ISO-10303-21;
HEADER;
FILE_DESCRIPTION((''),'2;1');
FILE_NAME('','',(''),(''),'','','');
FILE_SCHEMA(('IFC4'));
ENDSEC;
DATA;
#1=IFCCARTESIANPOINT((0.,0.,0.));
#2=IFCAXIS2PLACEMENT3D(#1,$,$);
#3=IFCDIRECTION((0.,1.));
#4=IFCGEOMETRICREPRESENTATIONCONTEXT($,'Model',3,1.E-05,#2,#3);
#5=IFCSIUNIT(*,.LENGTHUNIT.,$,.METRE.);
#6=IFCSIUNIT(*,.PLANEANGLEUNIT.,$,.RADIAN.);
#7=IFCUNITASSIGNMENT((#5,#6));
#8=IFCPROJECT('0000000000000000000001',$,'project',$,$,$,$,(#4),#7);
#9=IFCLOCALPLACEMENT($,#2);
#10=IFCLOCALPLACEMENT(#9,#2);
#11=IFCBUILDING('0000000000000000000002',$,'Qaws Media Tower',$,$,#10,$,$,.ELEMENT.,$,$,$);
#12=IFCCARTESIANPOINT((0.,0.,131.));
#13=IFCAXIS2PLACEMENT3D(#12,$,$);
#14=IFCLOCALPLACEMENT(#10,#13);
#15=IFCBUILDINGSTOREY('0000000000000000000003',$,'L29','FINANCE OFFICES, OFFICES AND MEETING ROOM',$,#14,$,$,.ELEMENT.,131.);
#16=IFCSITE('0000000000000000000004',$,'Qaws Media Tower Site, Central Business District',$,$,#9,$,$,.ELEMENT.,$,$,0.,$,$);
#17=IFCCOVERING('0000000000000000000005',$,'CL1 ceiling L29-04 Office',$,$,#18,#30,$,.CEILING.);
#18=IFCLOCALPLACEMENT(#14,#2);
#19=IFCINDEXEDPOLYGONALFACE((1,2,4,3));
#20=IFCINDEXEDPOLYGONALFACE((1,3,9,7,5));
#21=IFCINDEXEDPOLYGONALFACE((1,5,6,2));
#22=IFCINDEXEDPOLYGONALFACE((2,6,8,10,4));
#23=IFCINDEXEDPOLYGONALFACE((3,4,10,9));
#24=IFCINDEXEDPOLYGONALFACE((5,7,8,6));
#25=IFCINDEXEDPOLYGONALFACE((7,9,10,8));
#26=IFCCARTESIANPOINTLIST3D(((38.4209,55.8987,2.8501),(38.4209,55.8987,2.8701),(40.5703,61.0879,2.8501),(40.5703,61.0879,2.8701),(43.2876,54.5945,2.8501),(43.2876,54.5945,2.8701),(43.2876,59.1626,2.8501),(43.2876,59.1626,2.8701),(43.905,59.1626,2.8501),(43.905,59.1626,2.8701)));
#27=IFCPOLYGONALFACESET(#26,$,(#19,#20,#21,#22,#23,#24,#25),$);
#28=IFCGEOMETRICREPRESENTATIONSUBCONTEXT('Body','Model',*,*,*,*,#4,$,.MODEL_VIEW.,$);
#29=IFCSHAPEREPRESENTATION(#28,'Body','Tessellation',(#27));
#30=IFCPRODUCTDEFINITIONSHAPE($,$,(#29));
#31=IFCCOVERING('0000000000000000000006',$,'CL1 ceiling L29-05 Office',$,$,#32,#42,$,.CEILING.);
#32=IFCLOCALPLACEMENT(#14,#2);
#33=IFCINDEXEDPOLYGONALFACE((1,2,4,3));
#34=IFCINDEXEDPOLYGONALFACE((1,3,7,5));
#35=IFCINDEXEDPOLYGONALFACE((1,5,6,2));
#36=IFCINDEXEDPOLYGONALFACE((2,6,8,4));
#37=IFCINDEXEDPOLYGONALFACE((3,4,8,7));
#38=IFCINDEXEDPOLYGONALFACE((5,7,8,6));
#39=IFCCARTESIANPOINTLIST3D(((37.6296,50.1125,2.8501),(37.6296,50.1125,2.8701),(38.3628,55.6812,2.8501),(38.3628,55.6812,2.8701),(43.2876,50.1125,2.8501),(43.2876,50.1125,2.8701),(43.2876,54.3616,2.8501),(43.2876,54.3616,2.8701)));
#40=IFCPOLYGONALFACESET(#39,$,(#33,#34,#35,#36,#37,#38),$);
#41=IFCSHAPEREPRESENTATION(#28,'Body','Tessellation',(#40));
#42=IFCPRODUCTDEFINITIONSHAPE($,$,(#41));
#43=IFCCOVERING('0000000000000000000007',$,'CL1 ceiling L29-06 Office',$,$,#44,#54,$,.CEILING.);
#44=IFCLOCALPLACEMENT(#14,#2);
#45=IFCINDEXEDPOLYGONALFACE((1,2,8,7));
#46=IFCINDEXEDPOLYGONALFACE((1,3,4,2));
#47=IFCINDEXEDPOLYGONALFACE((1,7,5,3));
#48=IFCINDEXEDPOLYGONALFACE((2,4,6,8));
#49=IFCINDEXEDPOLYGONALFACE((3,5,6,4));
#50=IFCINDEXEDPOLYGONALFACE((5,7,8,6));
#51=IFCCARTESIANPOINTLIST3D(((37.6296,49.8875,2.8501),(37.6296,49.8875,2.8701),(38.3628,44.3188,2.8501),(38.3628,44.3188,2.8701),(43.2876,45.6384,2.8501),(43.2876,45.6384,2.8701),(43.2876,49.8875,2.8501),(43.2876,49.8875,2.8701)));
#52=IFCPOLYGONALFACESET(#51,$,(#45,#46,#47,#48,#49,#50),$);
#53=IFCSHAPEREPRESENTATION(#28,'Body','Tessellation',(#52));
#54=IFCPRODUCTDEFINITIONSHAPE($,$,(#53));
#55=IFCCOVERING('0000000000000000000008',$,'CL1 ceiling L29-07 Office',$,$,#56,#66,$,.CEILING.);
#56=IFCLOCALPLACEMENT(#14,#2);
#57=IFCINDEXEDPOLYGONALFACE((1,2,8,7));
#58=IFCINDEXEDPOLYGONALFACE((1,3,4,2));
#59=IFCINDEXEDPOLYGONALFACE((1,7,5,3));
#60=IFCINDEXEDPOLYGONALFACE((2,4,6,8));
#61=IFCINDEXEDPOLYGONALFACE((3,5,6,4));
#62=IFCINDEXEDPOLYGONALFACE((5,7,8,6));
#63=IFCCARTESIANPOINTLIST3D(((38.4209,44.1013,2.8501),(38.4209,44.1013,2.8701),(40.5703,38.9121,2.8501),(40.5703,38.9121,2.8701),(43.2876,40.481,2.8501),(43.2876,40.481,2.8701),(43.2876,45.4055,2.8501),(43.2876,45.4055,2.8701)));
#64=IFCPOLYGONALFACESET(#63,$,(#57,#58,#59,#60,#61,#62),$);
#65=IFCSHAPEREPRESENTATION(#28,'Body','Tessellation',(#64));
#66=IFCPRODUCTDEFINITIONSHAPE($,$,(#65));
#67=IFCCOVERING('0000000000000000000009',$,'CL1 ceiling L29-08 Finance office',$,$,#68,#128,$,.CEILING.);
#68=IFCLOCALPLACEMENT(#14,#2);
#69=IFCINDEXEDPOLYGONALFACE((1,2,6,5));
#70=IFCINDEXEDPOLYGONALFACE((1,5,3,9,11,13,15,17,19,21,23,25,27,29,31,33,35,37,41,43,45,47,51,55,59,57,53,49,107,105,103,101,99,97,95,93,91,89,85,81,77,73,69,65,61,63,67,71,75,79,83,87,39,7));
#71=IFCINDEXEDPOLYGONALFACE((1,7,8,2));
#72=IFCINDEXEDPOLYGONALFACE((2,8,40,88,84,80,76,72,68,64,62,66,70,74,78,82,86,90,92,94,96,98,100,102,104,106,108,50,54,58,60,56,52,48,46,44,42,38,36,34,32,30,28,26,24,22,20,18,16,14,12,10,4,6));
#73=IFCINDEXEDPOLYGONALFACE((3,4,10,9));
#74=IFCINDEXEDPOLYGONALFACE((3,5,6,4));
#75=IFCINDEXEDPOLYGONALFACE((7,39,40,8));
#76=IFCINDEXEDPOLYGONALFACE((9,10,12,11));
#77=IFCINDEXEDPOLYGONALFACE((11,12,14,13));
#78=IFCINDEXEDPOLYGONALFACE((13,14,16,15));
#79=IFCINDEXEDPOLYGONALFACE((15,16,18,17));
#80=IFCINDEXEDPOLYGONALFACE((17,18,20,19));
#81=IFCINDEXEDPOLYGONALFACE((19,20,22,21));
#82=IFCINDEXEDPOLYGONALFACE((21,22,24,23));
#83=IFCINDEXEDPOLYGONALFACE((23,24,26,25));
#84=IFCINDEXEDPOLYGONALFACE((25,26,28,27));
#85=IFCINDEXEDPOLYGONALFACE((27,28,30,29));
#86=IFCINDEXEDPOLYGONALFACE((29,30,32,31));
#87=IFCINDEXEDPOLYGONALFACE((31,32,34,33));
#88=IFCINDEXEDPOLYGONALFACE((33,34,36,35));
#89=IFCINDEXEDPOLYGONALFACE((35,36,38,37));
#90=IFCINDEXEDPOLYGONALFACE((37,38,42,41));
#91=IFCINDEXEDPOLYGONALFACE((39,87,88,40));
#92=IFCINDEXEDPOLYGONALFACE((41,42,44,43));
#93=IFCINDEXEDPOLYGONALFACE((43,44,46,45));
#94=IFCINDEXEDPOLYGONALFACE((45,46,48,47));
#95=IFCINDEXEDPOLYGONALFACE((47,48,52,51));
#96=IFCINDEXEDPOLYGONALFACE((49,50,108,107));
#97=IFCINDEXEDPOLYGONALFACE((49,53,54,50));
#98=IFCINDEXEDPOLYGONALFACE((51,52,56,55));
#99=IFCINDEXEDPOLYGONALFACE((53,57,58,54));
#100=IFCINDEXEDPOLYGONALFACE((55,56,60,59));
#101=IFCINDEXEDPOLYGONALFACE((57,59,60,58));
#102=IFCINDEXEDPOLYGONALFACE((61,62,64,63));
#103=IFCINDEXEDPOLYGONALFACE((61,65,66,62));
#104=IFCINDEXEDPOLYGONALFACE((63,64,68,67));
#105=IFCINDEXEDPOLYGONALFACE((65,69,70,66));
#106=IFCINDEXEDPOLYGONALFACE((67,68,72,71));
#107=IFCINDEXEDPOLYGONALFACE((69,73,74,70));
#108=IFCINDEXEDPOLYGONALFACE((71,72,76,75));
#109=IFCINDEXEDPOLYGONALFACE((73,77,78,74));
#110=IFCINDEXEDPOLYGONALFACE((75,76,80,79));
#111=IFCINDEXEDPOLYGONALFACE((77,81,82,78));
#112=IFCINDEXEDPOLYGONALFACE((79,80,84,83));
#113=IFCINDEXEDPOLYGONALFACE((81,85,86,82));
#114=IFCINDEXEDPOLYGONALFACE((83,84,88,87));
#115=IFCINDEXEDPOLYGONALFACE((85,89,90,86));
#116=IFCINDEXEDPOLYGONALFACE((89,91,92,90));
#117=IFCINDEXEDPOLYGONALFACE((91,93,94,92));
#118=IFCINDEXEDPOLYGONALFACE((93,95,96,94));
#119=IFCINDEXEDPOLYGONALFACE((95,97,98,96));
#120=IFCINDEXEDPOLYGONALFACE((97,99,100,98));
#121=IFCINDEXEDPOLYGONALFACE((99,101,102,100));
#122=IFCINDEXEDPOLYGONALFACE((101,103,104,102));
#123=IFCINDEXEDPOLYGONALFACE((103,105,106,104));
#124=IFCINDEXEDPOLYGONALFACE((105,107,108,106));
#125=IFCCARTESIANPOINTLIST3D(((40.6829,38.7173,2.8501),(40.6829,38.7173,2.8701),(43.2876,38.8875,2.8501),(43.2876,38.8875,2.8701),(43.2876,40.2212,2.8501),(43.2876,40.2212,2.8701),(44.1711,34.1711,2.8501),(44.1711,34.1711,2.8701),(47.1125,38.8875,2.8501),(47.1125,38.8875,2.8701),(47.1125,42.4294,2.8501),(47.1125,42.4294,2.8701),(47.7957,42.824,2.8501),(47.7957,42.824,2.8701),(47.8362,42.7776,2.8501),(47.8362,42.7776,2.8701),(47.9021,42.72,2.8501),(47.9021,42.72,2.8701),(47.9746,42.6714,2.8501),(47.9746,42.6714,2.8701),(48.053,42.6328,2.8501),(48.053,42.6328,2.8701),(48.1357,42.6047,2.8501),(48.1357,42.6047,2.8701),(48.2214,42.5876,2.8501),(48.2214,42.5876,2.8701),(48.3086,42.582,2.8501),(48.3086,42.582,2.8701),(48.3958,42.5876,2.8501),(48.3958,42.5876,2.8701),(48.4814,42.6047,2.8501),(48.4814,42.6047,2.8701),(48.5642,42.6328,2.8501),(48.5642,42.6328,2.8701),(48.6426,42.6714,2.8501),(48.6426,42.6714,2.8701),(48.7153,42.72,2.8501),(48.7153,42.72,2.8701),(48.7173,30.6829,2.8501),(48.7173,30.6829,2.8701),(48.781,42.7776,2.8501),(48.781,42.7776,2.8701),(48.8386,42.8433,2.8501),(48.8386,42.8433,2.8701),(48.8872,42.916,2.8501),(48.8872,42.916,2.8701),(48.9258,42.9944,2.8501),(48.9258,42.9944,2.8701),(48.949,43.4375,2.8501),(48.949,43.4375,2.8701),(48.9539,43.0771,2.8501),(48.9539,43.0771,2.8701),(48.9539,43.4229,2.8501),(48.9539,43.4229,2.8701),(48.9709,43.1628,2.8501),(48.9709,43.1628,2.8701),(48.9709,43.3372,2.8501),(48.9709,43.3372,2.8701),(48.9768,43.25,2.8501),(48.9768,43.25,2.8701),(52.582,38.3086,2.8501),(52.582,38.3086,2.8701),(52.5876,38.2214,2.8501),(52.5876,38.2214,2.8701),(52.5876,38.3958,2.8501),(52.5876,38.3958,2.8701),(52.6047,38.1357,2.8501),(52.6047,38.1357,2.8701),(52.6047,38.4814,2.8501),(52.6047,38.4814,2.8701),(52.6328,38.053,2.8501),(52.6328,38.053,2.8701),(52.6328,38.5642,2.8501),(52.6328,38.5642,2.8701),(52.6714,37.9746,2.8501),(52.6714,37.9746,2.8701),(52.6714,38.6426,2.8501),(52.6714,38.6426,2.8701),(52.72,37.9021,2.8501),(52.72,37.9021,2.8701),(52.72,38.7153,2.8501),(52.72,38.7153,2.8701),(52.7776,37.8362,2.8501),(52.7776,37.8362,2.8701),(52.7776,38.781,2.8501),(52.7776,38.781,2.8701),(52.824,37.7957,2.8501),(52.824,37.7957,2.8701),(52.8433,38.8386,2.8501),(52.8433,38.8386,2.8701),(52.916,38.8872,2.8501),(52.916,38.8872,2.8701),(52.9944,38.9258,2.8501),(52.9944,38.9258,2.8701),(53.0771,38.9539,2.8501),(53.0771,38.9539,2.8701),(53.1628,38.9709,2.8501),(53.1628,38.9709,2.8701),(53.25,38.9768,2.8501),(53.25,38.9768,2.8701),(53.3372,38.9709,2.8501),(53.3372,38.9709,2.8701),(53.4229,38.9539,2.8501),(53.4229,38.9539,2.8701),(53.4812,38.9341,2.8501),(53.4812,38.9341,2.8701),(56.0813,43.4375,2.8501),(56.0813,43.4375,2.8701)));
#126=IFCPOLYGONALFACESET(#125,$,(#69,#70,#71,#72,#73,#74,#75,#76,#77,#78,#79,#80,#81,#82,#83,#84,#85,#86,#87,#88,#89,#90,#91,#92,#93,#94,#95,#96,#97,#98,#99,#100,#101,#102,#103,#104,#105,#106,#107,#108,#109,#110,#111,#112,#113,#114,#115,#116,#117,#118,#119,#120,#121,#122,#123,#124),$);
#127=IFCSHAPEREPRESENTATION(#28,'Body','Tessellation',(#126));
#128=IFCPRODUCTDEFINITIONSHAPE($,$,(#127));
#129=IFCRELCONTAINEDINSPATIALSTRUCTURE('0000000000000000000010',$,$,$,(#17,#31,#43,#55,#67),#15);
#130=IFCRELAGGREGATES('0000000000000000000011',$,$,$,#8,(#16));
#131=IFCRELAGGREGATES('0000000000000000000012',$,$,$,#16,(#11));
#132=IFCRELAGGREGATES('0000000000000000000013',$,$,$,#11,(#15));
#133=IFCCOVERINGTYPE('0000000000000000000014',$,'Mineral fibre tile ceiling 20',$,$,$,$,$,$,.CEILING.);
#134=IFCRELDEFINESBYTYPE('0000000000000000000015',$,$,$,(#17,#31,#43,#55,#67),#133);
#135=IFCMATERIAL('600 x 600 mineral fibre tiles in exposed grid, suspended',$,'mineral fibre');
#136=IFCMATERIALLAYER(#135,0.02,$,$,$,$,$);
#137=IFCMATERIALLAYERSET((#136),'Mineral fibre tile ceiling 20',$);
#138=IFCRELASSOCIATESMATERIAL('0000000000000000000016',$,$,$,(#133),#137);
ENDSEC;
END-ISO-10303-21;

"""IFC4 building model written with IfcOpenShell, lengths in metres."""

from ifc_helpers import new_model, si_unit, direction, frame, origin, place, context, subcontext, project, spatial, polyline, outline, extrude, material, layer, layer_set, type_object, element, save


model = new_model("IFC4")

# Units and contexts
model_context = context("Model", 3, precision=1e-05, world=origin(), true_north=direction((0.0, 1.0)))
body_context = subcontext(model_context, "Body", "Model", "MODEL_VIEW")
ifc_project = project(units=[si_unit("LENGTHUNIT", "METRE"), si_unit("PLANEANGLEUNIT", "RADIAN")], contexts=[model_context])

# Site, building, storey
site_placement = place(None, origin())
site = spatial("IfcSite", under=ifc_project, at=site_placement, Name="Qaws Media Tower Site, Central Business District", CompositionType="ELEMENT", RefElevation=0.0)
building_placement = place(site_placement, origin())
building = spatial("IfcBuilding", under=site, at=building_placement, Name="Qaws Media Tower", CompositionType="ELEMENT")
storey_placement = place(building_placement, frame((0.0, 0.0, 131.0)))
storey = spatial("IfcBuildingStorey", under=building, at=storey_placement, Name="L29", Description="FINANCE OFFICES, OFFICES AND MEETING ROOM", CompositionType="ELEMENT", Elevation=131.0)

# Coverings
ifc_material_1 = material(Name="600 x 600 mineral fibre tiles in exposed grid, suspended", Category="mineral fibre")
ifc_layer_1 = layer(ifc_material_1, 0.02)
ifc_layer_set_1 = layer_set([ifc_layer_1], Name="Mineral fibre tile ceiling 20")
covering_type_1 = type_object("IfcCoveringType", Name="Mineral fibre tile ceiling 20", PredefinedType="CEILING", material=ifc_layer_set_1)
covering_1_placement = place(storey_placement, frame((0.0, 0.0, 2.8501)))
element("IfcCovering", 1, at=covering_1_placement, inside=storey, type_object=covering_type_1, Name="CL1 ceiling L29-04 Office", PredefinedType="CEILING", context=body_context, shape_type="SweptSolid", body=[
    extrude(outline(polyline([(40.5703, 61.0879), (43.905, 59.1626), (43.2876, 59.1626), (43.2876, 54.5945), (38.4209, 55.8987), (40.5703, 61.0879)])), origin(), (0.0, 0.0, 1.0), 0.02),
])
covering_2_placement = place(storey_placement, frame((0.0, 0.0, 2.8501)))
element("IfcCovering", 2, at=covering_2_placement, inside=storey, type_object=covering_type_1, Name="CL1 ceiling L29-05 Office", PredefinedType="CEILING", context=body_context, shape_type="SweptSolid", body=[
    extrude(outline(polyline([(38.3628, 55.6812), (43.2876, 54.3616), (43.2876, 50.1125), (37.6296, 50.1125), (38.3628, 55.6812)])), origin(), (0.0, 0.0, 1.0), 0.02),
])
covering_3_placement = place(storey_placement, frame((0.0, 0.0, 2.8501)))
element("IfcCovering", 3, at=covering_3_placement, inside=storey, type_object=covering_type_1, Name="CL1 ceiling L29-06 Office", PredefinedType="CEILING", context=body_context, shape_type="SweptSolid", body=[
    extrude(outline(polyline([(37.6296, 49.8875), (43.2876, 49.8875), (43.2876, 45.6384), (38.3628, 44.3188), (37.6296, 49.8875)])), origin(), (0.0, 0.0, 1.0), 0.02),
])
covering_4_placement = place(storey_placement, frame((0.0, 0.0, 2.8501)))
element("IfcCovering", 4, at=covering_4_placement, inside=storey, type_object=covering_type_1, Name="CL1 ceiling L29-07 Office", PredefinedType="CEILING", context=body_context, shape_type="SweptSolid", body=[
    extrude(outline(polyline([(38.4209, 44.1013), (43.2876, 45.4055), (43.2876, 40.481), (40.5703, 38.9121), (38.4209, 44.1013)])), origin(), (0.0, 0.0, 1.0), 0.02),
])
covering_5_placement = place(storey_placement, frame((0.0, 0.0, 2.8501)))
element("IfcCovering", 5, at=covering_5_placement, inside=storey, type_object=covering_type_1, Name="CL1 ceiling L29-08 Finance office", PredefinedType="CEILING", context=body_context, shape_type="SweptSolid", body=[
    extrude(outline(polyline([(44.1711, 34.1711), (40.6829, 38.7173), (43.2876, 40.2212), (43.2876, 38.8875), (47.1125, 38.8875), (47.1125, 42.4294), (47.7957, 42.824), (47.8362, 42.7776), (47.9021, 42.72), (47.9746, 42.6714), (48.053, 42.6328), (48.1357, 42.6047), (48.2214, 42.5876), (48.3086, 42.582), (48.3958, 42.5876), (48.4814, 42.6047), (48.5642, 42.6328), (48.6426, 42.6714), (48.7153, 42.72), (48.781, 42.7776), (48.8386, 42.8433), (48.8872, 42.916), (48.9258, 42.9944), (48.9539, 43.0771), (48.9709, 43.1628), (48.9768, 43.25), (48.9709, 43.3372), (48.9539, 43.4229), (48.949, 43.4375), (56.0813, 43.4375), (53.4812, 38.9341), (53.4229, 38.9539), (53.3372, 38.9709), (53.25, 38.9768), (53.1628, 38.9709), (53.0771, 38.9539), (52.9944, 38.9258), (52.916, 38.8872), (52.8433, 38.8386), (52.7776, 38.781), (52.72, 38.7153), (52.6714, 38.6426), (52.6328, 38.5642), (52.6047, 38.4814), (52.5876, 38.3958), (52.582, 38.3086), (52.5876, 38.2214), (52.6047, 38.1357), (52.6328, 38.053), (52.6714, 37.9746), (52.72, 37.9021), (52.7776, 37.8362), (52.824, 37.7957), (48.7173, 30.6829), (44.1711, 34.1711)])), origin(), (0.0, 0.0, 1.0), 0.02),
])

save(model, "model.ifc")
